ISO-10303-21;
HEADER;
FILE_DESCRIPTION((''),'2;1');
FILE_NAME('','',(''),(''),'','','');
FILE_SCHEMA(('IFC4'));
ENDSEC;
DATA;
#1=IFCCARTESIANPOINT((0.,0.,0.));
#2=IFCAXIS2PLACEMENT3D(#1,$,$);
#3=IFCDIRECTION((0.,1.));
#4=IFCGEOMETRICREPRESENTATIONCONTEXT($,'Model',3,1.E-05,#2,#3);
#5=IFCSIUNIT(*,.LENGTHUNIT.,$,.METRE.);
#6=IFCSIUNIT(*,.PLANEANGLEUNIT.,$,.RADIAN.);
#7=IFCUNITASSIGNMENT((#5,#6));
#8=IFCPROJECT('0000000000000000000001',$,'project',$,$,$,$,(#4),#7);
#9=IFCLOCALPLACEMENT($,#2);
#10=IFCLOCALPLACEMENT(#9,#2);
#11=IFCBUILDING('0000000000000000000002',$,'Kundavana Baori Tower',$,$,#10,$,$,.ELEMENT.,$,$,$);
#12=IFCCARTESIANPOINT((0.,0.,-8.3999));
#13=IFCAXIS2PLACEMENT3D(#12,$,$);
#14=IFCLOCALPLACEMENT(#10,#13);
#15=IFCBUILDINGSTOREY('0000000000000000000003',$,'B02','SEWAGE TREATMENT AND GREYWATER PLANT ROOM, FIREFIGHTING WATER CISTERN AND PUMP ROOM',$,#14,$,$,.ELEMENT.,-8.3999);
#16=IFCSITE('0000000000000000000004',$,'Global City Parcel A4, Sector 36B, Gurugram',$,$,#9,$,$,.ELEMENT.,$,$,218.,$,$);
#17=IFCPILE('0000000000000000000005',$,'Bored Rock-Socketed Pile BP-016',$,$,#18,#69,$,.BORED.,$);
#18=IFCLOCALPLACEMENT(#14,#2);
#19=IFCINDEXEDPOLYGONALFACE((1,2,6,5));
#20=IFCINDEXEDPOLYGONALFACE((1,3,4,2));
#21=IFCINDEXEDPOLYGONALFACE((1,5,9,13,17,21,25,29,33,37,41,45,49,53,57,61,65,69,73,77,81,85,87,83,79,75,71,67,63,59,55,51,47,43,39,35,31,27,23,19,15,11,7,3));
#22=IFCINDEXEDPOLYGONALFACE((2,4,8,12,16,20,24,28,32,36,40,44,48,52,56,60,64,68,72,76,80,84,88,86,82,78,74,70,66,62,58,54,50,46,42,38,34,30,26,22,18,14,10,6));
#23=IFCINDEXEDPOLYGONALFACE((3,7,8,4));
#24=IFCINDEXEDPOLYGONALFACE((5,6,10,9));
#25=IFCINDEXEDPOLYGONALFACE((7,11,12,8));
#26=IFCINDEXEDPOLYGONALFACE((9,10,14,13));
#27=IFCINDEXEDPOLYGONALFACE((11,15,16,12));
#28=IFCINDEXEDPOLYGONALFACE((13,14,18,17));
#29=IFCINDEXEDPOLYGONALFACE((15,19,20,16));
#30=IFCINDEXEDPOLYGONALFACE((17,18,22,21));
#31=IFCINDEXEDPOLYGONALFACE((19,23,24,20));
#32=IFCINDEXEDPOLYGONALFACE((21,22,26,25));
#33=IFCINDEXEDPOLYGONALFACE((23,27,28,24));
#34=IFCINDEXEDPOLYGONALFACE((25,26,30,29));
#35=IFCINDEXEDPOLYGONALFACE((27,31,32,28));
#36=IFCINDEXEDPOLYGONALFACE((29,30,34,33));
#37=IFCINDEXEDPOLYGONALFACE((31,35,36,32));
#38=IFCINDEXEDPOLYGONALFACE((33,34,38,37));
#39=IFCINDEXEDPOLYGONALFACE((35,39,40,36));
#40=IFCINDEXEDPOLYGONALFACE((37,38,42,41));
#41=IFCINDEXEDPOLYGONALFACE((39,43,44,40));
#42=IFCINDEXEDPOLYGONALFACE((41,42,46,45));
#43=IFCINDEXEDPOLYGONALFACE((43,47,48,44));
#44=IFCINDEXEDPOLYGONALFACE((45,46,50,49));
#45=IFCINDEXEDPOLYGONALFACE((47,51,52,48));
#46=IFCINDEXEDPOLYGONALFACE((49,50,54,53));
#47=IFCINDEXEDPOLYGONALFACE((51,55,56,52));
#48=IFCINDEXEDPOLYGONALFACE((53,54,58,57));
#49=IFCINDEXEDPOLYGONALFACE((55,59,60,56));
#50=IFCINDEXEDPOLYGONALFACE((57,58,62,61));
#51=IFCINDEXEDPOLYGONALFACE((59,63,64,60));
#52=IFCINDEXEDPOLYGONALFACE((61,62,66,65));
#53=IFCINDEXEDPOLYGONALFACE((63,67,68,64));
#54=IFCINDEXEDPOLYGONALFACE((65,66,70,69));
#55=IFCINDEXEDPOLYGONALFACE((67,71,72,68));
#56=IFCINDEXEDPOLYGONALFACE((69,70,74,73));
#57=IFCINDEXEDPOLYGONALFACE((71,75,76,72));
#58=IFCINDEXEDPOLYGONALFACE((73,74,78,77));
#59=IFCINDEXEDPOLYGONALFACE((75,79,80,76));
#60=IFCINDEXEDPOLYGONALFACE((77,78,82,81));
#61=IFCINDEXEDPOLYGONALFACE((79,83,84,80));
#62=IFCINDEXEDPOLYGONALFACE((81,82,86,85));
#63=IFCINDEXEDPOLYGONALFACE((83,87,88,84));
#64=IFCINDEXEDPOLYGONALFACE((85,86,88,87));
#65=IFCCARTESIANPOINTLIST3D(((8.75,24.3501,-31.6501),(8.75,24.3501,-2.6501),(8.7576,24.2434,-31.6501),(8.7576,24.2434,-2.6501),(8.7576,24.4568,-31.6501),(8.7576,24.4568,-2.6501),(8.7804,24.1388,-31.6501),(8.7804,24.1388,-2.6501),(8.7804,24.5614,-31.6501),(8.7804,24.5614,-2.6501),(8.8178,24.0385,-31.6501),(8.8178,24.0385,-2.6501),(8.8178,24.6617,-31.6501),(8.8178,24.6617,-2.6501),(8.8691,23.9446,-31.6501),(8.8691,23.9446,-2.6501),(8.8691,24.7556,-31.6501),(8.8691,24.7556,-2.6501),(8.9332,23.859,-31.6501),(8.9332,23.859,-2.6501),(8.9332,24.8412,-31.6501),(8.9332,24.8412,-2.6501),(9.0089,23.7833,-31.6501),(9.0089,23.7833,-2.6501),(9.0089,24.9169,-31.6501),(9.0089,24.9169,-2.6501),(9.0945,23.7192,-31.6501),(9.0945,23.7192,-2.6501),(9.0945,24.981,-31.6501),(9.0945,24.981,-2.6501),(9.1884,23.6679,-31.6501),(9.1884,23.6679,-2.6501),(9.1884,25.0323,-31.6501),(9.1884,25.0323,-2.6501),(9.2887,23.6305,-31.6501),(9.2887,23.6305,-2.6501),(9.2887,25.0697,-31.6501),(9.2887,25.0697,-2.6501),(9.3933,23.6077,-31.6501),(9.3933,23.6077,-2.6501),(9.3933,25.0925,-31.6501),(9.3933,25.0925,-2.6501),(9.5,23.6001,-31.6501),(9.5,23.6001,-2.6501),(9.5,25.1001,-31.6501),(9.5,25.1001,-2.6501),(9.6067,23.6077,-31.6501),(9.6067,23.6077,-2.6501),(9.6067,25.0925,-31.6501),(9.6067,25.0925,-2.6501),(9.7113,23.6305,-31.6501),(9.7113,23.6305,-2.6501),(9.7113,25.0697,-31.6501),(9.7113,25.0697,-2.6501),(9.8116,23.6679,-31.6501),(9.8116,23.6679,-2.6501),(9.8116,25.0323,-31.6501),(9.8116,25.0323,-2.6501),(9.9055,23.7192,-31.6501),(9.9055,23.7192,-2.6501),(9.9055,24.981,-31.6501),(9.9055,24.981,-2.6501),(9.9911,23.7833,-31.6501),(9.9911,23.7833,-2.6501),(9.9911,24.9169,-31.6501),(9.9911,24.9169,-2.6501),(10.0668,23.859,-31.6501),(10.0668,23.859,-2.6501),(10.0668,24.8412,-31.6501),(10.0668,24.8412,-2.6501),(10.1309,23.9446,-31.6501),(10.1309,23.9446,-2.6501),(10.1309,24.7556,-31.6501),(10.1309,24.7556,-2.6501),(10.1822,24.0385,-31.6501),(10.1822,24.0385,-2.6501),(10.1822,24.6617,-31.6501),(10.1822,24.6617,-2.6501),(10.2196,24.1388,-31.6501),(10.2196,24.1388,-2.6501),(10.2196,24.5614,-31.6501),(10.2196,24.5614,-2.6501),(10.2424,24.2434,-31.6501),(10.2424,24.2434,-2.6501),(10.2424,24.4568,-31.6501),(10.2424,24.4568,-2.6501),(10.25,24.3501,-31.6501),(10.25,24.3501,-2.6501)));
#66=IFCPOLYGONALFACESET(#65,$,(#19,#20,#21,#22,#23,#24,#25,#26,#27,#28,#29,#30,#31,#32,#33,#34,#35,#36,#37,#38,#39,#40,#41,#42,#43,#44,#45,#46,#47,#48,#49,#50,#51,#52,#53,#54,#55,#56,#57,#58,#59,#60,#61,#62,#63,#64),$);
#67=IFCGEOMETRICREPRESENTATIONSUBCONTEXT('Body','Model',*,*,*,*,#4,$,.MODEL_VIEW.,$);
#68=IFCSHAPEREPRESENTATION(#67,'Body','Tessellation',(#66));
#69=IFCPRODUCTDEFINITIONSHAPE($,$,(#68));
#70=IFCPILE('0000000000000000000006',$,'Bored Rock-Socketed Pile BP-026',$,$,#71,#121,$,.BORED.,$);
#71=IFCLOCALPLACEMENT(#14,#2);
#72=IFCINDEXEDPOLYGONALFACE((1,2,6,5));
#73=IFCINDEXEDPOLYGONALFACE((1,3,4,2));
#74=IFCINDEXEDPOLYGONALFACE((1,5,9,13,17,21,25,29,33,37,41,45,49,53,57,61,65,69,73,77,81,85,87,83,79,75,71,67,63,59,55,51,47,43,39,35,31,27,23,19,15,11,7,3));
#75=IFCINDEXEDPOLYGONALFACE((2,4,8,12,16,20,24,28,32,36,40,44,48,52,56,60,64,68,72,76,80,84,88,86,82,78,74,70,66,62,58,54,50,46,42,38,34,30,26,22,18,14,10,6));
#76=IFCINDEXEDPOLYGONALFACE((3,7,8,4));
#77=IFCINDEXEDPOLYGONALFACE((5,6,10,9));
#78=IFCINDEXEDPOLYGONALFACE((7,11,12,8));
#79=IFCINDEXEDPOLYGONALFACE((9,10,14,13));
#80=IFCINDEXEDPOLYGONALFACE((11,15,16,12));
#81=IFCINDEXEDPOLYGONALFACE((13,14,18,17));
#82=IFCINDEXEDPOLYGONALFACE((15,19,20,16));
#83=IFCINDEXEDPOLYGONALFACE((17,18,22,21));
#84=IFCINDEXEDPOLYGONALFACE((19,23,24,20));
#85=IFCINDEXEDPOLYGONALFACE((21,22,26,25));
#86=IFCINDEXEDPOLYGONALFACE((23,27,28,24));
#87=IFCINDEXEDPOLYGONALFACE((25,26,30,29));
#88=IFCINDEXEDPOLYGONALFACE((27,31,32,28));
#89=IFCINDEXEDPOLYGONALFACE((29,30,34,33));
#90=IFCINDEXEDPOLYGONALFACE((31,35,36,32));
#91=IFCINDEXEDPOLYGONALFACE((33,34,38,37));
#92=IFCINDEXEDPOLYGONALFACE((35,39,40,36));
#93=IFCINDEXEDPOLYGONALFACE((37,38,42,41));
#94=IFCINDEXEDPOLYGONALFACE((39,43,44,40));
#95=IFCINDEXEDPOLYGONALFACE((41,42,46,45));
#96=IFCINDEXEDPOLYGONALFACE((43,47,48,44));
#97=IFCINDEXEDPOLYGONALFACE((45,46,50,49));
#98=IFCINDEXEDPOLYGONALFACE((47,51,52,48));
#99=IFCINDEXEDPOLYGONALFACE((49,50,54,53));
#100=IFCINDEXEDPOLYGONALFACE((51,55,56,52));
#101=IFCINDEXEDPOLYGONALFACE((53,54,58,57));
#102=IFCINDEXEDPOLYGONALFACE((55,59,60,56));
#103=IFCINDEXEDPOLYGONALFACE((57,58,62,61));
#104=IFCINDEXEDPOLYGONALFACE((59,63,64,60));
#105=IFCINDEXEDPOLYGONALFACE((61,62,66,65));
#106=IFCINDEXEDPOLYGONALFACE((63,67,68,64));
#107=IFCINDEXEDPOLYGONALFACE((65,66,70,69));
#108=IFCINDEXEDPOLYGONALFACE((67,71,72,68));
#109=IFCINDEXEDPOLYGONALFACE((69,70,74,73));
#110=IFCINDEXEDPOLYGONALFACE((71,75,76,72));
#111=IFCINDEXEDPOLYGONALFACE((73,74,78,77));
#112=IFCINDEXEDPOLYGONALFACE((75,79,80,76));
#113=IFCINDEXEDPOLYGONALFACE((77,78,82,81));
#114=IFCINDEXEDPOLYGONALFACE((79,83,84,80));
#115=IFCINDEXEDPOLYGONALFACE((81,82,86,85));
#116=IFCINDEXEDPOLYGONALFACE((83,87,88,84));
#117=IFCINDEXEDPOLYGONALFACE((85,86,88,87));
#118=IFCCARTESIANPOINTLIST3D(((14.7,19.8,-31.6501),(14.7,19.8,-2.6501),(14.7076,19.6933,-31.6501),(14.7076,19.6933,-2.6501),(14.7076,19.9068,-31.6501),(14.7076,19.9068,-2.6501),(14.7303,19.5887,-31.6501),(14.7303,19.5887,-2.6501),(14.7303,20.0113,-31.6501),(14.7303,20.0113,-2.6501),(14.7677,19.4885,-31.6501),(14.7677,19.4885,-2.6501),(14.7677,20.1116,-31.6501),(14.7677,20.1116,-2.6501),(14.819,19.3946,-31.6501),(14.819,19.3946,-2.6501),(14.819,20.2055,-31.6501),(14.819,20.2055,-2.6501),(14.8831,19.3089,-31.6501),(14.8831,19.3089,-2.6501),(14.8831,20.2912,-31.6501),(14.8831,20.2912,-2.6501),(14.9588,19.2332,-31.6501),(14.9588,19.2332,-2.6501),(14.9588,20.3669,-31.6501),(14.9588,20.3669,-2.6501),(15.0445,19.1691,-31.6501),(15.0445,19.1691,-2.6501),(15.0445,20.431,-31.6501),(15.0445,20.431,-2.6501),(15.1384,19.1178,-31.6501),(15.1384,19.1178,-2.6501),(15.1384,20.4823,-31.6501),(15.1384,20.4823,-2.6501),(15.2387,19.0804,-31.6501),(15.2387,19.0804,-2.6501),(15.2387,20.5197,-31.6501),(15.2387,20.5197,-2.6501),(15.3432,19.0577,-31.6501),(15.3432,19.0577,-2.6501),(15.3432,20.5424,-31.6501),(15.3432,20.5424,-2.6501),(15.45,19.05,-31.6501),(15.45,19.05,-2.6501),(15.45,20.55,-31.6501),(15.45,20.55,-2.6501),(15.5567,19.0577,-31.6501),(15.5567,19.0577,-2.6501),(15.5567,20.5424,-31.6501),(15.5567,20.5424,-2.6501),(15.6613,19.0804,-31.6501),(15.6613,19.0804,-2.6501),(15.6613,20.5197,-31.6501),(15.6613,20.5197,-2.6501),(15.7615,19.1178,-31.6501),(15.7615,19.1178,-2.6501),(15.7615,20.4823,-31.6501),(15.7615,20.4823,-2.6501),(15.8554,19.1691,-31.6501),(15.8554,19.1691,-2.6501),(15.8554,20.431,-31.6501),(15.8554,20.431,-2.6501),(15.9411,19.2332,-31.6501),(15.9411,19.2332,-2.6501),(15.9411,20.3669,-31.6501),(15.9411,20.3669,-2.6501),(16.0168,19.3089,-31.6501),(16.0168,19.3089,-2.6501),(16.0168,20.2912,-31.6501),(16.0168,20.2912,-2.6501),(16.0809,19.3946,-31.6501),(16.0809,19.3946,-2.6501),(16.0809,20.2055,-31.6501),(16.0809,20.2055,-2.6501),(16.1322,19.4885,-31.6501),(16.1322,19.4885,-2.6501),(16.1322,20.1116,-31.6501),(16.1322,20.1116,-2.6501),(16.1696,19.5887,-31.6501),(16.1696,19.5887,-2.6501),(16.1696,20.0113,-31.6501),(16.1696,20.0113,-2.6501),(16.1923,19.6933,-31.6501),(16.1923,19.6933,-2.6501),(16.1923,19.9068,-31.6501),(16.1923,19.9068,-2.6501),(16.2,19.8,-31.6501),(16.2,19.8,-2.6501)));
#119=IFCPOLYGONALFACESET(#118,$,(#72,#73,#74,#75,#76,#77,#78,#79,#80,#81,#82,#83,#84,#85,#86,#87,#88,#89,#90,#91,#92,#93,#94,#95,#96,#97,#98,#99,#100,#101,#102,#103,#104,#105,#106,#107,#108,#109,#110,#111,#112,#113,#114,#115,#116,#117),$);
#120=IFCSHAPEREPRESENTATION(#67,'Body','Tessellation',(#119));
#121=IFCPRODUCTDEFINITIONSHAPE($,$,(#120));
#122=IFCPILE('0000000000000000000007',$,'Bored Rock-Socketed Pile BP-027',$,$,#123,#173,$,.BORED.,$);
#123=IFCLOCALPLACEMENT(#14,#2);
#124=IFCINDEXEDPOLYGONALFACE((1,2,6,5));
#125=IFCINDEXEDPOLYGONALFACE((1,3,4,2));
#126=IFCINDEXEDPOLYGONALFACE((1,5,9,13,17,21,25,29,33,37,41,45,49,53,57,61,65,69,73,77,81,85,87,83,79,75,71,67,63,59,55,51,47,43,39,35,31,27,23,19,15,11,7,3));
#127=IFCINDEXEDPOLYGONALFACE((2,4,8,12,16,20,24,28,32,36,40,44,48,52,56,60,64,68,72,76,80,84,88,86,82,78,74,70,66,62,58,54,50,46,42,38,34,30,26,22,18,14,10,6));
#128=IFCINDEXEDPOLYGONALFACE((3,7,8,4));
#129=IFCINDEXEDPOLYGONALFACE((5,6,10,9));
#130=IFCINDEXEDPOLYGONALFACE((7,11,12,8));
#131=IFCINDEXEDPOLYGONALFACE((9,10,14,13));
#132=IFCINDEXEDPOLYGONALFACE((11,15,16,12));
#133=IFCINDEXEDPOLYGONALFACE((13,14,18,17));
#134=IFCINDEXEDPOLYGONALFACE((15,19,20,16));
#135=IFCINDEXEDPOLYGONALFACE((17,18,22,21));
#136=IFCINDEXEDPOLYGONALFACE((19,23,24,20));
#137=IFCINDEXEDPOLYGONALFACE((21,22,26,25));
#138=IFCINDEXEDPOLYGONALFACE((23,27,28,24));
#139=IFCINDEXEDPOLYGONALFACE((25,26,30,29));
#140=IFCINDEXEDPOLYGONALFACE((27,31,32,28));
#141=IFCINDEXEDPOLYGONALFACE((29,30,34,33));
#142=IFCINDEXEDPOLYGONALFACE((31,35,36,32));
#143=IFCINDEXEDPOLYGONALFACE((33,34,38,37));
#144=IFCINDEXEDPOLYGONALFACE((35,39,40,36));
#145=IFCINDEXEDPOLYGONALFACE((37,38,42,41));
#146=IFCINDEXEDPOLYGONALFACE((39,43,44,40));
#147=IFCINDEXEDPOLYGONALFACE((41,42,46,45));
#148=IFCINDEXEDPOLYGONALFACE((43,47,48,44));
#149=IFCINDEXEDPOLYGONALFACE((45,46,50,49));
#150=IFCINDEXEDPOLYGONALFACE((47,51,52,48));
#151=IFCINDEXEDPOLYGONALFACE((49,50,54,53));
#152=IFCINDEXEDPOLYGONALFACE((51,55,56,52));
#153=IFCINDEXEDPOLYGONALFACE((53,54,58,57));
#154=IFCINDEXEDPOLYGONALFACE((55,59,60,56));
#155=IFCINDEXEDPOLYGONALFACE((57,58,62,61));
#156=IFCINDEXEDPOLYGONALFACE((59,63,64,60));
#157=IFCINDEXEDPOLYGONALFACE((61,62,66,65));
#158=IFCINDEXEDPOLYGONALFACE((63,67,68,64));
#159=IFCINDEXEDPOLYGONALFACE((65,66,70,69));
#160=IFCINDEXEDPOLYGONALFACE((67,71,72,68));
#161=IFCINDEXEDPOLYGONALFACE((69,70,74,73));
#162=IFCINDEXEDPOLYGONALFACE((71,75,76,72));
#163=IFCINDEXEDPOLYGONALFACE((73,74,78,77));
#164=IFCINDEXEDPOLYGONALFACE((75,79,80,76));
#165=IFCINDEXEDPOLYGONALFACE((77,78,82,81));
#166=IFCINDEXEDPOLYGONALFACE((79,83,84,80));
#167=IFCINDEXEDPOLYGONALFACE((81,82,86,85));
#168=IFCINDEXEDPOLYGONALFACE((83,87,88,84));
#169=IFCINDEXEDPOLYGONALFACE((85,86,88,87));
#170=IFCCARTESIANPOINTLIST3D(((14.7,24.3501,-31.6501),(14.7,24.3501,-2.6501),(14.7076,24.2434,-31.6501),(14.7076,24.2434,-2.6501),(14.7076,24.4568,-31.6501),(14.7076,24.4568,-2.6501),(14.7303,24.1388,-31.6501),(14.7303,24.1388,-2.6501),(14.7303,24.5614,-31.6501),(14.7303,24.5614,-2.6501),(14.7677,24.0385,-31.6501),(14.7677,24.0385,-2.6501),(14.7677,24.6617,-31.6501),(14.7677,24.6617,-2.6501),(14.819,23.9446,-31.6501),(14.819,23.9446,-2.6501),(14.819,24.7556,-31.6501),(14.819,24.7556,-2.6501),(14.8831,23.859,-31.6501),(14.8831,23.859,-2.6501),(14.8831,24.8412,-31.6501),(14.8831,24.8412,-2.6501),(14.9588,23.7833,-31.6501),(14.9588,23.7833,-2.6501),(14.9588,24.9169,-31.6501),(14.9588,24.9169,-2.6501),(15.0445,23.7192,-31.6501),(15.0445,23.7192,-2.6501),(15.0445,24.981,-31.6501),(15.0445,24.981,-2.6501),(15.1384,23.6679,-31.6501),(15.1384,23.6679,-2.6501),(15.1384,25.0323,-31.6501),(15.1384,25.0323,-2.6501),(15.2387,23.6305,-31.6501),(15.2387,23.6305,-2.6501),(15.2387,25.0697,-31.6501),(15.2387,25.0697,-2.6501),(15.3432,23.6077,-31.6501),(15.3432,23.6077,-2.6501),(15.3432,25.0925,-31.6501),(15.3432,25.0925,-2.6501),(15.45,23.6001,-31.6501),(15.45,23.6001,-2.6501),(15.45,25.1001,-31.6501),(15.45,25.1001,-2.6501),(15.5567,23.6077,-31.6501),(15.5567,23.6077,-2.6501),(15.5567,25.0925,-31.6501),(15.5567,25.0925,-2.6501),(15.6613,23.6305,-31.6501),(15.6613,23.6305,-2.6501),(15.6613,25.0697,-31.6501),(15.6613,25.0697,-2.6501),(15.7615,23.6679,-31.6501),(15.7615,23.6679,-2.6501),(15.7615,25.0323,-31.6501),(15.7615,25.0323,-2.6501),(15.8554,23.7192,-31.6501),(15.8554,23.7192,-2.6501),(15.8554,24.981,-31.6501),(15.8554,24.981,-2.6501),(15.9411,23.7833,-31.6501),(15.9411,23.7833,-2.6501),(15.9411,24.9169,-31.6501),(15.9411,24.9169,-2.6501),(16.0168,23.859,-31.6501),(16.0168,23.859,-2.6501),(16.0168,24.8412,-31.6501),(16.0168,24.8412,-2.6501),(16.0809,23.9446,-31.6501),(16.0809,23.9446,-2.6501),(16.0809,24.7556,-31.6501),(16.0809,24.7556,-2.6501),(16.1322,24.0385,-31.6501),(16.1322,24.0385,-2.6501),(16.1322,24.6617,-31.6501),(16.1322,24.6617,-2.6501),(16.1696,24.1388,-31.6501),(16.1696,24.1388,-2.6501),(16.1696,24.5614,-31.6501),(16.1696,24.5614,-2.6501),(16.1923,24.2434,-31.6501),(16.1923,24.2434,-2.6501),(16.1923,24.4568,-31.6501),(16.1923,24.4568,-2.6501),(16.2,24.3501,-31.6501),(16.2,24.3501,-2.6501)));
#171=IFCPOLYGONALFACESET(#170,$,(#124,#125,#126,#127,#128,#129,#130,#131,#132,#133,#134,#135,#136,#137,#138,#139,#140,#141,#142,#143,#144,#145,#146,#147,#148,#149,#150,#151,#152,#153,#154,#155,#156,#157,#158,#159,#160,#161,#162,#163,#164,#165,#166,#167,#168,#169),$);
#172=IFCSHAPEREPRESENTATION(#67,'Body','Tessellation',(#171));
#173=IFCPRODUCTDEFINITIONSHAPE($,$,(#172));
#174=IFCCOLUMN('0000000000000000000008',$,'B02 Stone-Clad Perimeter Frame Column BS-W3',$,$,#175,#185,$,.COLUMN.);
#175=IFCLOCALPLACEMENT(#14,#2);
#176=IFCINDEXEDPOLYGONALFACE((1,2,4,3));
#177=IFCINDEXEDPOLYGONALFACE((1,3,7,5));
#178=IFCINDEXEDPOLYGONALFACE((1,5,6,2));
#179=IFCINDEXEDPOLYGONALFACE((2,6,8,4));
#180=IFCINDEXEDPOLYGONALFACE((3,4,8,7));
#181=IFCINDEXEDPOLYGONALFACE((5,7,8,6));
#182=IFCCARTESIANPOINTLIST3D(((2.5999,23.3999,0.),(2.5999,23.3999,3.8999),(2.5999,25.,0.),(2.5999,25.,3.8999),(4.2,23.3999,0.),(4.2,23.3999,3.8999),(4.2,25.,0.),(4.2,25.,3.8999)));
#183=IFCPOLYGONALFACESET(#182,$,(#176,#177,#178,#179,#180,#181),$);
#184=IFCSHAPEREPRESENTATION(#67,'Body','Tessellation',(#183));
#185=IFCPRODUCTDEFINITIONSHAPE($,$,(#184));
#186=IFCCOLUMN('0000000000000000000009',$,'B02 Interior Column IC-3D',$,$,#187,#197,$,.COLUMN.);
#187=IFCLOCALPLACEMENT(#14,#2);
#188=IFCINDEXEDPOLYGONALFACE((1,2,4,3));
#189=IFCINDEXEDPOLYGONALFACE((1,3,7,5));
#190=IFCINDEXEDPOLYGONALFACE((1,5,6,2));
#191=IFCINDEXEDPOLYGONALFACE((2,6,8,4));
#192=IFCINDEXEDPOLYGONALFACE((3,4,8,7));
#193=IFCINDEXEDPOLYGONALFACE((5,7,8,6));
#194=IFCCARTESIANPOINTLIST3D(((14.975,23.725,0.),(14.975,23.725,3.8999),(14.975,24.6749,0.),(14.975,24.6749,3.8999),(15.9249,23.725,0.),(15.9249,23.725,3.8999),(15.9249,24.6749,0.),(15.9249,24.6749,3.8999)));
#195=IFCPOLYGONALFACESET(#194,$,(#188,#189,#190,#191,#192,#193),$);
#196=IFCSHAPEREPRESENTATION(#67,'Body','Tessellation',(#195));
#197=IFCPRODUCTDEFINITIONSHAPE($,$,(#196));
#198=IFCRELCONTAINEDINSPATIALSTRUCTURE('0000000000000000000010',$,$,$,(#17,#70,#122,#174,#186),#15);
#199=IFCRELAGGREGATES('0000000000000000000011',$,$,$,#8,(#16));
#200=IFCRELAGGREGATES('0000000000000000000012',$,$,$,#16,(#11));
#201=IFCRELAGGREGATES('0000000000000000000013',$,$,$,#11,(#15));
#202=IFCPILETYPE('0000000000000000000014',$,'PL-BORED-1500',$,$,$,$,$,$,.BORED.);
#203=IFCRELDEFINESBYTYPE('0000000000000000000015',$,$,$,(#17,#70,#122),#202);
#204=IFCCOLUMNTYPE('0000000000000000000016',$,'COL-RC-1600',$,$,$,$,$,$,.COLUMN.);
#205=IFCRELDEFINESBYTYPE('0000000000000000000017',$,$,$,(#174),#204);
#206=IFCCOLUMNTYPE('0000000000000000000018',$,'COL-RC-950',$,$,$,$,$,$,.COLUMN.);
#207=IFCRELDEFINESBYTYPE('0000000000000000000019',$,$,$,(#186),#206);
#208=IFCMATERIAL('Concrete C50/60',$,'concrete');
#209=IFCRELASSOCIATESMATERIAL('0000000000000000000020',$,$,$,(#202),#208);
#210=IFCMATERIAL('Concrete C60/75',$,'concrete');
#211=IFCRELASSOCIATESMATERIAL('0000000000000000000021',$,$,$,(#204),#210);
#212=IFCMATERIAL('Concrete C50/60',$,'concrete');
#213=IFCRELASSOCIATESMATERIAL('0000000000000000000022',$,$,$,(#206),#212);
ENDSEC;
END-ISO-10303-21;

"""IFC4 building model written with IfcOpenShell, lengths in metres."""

from ifc_helpers import new_model, si_unit, direction, frame, origin, origin_2d, place, context, subcontext, project, spatial, rectangle, circle, extrude, material, material_profile, profile_set, type_object, element, save


model = new_model("IFC4")

# Units and contexts
model_context = context("Model", 3, precision=1e-05, world=origin(), true_north=direction((0.0, 1.0)))
body_context = subcontext(model_context, "Body", "Model", "MODEL_VIEW")
ifc_project = project(units=[si_unit("LENGTHUNIT", "METRE"), si_unit("PLANEANGLEUNIT", "RADIAN")], contexts=[model_context])

# Site, building, storey
site_placement = place(None, origin())
site = spatial("IfcSite", under=ifc_project, at=site_placement, Name="Global City Parcel A4, Sector 36B, Gurugram", CompositionType="ELEMENT", RefElevation=218.0)
building_placement = place(site_placement, origin())
building = spatial("IfcBuilding", under=site, at=building_placement, Name="Kundavana Baori Tower", CompositionType="ELEMENT")
storey_placement = place(building_placement, frame((0.0, 0.0, -8.3999)))
storey = spatial("IfcBuildingStorey", under=building, at=storey_placement, Name="B02", Description="SEWAGE TREATMENT AND GREYWATER PLANT ROOM, FIREFIGHTING WATER CISTERN AND PUMP ROOM", CompositionType="ELEMENT", Elevation=-8.3999)

# Piles
ifc_material_1 = material(Name="Concrete C50/60", Category="concrete")
ifc_material_profile_1 = material_profile(ifc_material_1, circle(Radius=0.75, at=origin_2d()), Name="BORED PILE D1500")
ifc_profile_set_1 = profile_set([ifc_material_profile_1], Name="Concrete C50/60")
pile_type_1 = type_object("IfcPileType", Name="PL-BORED-1500", PredefinedType="BORED", material=ifc_profile_set_1)
for number, where, z_axis, x_axis, name in (
    (1, (9.5, 24.3501, -2.6501), (0.0, 0.0, -1.0), (1.0, 0.0, 0.0), "Bored Rock-Socketed Pile BP-016"),
    (2, (15.45, 19.8, -2.6501), (0.0, 0.0, -1.0), (1.0, 0.0, 0.0), "Bored Rock-Socketed Pile BP-026"),
    (3, (15.45, 24.3501, -2.6501), (0.0, 0.0, -1.0), (1.0, 0.0, 0.0), "Bored Rock-Socketed Pile BP-027"),
):
    element("IfcPile", number, at=place(storey_placement, frame(where, z_axis=z_axis, x_axis=x_axis)), inside=storey, type_object=pile_type_1, Name=name, PredefinedType="BORED", context=body_context, shape_type="SweptSolid", body=[
        extrude(circle(Radius=0.75, at=origin_2d()), origin(), (0.0, 0.0, 1.0), 29.0),
    ])

# Columns
ifc_material_2 = material(Name="Concrete C60/75", Category="concrete")
ifc_material_profile_2 = material_profile(ifc_material_2, rectangle(XDim=1.6001, YDim=1.6001, at=origin_2d()), Name="RC 1600x1600")
ifc_profile_set_2 = profile_set([ifc_material_profile_2], Name="Concrete C60/75")
column_type_1 = type_object("IfcColumnType", Name="COL-RC-1600", PredefinedType="COLUMN", material=ifc_profile_set_2)
column_1_placement = place(storey_placement, frame((3.3999, 24.2, 0.0), z_axis=(0.0, 0.0, 1.0), x_axis=(1.0, 0.0, 0.0)))
element("IfcColumn", 4, at=column_1_placement, inside=storey, type_object=column_type_1, Name="B02 Stone-Clad Perimeter Frame Column BS-W3", PredefinedType="COLUMN", context=body_context, shape_type="SweptSolid", body=[
    extrude(rectangle(XDim=1.6001, YDim=1.6001, at=origin_2d()), origin(), (0.0, 0.0, 1.0), 3.8999),
])
ifc_material_3 = material(Name="Concrete C50/60", Category="concrete")
ifc_material_profile_3 = material_profile(ifc_material_3, rectangle(XDim=0.95, YDim=0.95, at=origin_2d()), Name="RC 950x950")
ifc_profile_set_3 = profile_set([ifc_material_profile_3], Name="Concrete C50/60")
column_type_2 = type_object("IfcColumnType", Name="COL-RC-950", PredefinedType="COLUMN", material=ifc_profile_set_3)
column_2_placement = place(storey_placement, frame((15.45, 24.2, 0.0), z_axis=(0.0, 0.0, 1.0), x_axis=(1.0, 0.0, 0.0)))
element("IfcColumn", 5, at=column_2_placement, inside=storey, type_object=column_type_2, Name="B02 Interior Column IC-3D", PredefinedType="COLUMN", context=body_context, shape_type="SweptSolid", body=[
    extrude(rectangle(XDim=0.95, YDim=0.95, at=origin_2d()), origin(), (0.0, 0.0, 1.0), 3.8999),
])

save(model, "model.ifc")
